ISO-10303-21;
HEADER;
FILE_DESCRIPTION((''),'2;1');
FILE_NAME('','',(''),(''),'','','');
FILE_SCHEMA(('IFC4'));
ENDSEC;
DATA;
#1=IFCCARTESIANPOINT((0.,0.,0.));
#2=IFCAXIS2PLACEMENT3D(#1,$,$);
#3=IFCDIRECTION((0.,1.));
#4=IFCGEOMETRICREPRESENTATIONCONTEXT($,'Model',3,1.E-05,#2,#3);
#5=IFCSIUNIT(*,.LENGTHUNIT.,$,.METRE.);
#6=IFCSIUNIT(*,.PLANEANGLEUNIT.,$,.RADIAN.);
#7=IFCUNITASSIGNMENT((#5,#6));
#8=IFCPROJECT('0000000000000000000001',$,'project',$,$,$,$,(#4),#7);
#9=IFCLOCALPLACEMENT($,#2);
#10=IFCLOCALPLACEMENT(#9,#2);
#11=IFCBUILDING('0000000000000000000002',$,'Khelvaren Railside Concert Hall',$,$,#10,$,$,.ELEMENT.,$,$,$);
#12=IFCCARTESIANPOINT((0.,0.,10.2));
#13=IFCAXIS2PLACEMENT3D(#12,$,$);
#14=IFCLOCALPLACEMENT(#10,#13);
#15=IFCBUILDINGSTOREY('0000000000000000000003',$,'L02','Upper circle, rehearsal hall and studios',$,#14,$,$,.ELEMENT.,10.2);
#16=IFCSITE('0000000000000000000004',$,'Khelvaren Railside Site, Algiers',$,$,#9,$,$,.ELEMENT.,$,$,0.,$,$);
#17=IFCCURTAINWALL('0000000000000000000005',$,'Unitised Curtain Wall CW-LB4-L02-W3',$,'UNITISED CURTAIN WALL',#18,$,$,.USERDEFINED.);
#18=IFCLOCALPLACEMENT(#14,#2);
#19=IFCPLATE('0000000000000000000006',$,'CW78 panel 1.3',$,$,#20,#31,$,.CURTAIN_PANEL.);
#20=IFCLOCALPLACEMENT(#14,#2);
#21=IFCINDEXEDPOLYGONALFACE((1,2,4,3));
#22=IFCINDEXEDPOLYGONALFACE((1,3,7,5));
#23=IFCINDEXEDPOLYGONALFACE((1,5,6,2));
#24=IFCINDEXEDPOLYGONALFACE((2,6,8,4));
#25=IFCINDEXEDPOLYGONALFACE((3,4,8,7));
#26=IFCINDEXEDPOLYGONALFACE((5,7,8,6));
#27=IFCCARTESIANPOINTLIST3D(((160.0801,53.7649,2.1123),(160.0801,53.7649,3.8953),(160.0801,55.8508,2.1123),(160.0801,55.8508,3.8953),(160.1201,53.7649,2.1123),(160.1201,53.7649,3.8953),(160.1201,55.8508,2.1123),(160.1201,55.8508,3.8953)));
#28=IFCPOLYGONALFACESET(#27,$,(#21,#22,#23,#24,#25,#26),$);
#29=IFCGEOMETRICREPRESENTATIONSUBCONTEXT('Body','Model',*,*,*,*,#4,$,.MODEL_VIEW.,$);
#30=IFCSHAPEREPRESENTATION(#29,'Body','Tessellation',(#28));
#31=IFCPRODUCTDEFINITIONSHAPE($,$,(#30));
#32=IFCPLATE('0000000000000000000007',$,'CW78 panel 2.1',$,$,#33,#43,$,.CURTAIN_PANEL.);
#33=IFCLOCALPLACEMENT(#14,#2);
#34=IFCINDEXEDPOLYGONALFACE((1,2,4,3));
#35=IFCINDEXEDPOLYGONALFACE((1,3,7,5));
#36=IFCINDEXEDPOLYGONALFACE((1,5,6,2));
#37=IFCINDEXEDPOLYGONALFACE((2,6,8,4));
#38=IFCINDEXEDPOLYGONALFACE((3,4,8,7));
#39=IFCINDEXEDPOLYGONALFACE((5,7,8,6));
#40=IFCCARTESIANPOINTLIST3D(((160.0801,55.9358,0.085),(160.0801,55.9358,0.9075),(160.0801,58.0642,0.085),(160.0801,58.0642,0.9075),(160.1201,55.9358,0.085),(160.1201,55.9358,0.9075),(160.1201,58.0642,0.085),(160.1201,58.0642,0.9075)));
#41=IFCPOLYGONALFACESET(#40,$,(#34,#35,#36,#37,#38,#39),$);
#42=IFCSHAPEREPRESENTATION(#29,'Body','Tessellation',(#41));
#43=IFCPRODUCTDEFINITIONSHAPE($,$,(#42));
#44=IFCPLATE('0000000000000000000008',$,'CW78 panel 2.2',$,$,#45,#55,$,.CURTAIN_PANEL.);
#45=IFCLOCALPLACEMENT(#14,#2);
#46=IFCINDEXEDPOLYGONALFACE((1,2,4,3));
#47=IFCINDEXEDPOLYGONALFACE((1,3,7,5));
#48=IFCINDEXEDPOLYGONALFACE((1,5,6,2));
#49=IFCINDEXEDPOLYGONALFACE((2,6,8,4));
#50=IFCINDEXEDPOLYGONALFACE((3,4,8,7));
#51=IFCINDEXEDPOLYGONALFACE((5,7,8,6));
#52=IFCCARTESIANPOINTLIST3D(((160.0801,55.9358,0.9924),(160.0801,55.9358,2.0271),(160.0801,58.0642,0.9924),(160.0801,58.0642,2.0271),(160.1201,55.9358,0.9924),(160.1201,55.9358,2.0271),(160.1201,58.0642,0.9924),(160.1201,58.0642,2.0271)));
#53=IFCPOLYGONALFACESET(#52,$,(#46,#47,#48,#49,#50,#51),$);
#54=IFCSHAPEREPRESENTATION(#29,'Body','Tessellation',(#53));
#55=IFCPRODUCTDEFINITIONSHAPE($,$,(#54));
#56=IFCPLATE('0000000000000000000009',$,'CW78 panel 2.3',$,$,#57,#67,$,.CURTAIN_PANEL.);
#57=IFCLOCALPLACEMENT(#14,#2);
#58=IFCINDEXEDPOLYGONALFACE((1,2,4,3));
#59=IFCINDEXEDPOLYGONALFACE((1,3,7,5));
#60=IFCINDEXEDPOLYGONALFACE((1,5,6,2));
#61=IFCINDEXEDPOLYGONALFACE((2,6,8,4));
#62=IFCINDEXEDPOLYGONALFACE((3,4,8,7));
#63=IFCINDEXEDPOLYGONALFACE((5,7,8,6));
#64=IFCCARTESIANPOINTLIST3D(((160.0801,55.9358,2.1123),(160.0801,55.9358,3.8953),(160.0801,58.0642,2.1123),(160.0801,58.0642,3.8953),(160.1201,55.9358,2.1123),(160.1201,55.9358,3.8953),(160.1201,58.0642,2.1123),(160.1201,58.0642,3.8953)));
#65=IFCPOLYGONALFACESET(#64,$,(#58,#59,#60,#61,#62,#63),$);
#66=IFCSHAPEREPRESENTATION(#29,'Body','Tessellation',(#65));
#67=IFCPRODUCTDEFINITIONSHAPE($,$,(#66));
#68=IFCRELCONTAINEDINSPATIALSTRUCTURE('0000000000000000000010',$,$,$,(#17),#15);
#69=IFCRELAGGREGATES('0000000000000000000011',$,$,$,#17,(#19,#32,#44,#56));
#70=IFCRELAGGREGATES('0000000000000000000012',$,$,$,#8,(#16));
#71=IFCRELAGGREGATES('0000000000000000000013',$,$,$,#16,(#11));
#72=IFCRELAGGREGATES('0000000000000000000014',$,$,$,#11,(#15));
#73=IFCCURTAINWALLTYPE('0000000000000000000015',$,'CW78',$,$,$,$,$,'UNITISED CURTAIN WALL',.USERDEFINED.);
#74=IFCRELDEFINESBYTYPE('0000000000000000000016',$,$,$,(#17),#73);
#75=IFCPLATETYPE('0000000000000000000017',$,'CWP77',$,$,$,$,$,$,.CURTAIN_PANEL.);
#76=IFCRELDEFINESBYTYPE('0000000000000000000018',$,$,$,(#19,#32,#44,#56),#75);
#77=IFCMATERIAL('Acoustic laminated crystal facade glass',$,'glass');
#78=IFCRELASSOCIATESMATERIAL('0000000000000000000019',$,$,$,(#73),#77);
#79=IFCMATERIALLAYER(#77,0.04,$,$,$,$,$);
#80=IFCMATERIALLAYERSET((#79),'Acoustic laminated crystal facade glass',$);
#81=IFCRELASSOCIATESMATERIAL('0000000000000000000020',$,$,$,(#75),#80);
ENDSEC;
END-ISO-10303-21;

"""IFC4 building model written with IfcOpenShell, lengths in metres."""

from ifc_helpers import new_model, si_unit, direction, frame, origin, origin_2d, place, context, subcontext, project, spatial, rectangle, extrude, material, layer, layer_set, type_object, element, aggregate, save


model = new_model("IFC4")

# Units and contexts
model_context = context("Model", 3, precision=1e-05, world=origin(), true_north=direction((0.0, 1.0)))
body_context = subcontext(model_context, "Body", "Model", "MODEL_VIEW")
ifc_project = project(units=[si_unit("LENGTHUNIT", "METRE"), si_unit("PLANEANGLEUNIT", "RADIAN")], contexts=[model_context])

# Site, building, storey
site_placement = place(None, origin())
site = spatial("IfcSite", under=ifc_project, at=site_placement, Name="Khelvaren Railside Site, Algiers", CompositionType="ELEMENT", RefElevation=0.0)
building_placement = place(site_placement, origin())
building = spatial("IfcBuilding", under=site, at=building_placement, Name="Khelvaren Railside Concert Hall", CompositionType="ELEMENT")
storey_placement = place(building_placement, frame((0.0, 0.0, 10.2)))
storey = spatial("IfcBuildingStorey", under=building, at=storey_placement, Name="L02", Description="Upper circle, rehearsal hall and studios", CompositionType="ELEMENT", Elevation=10.2)

# Shared definitions
ifc_material_1 = material(Name="Acoustic laminated crystal facade glass", Category="glass")
curtain_wall_type = type_object("IfcCurtainWallType", Name="CW78", ElementType="UNITISED CURTAIN WALL", PredefinedType="USERDEFINED", material=ifc_material_1)

# Curtain wall
curtain_wall_1_placement = place(storey_placement, origin())
curtain_wall_1 = element("IfcCurtainWall", 1, at=curtain_wall_1_placement, inside=storey, type_object=curtain_wall_type, Name="Unitised Curtain Wall CW-LB4-L02-W3", ObjectType="UNITISED CURTAIN WALL", PredefinedType="USERDEFINED")

# Plates
ifc_layer = layer(ifc_material_1, 0.04)
ifc_layer_set = layer_set([ifc_layer], Name="Acoustic laminated crystal facade glass")
plate_type = type_object("IfcPlateType", Name="CWP77", PredefinedType="CURTAIN_PANEL", material=ifc_layer_set)
plate_1_placement = place(storey_placement, frame((160.1001, 54.8079, 2.1123), z_axis=(0.0, 0.0, 1.0), x_axis=(0.0, 1.0, 0.0)))
plate_1 = element("IfcPlate", 2, at=plate_1_placement, type_object=plate_type, Name="CW78 panel 1.3", PredefinedType="CURTAIN_PANEL", context=body_context, shape_type="SweptSolid", body=[
    extrude(rectangle(XDim=2.0859, YDim=0.04, at=origin_2d()), origin(), (0.0, 0.0, 1.0), 1.783),
])
plate_2_placement = place(storey_placement, frame((160.1001, 57.0, 0.085), z_axis=(0.0, 0.0, 1.0), x_axis=(0.0, 1.0, 0.0)))
plate_2 = element("IfcPlate", 3, at=plate_2_placement, type_object=plate_type, Name="CW78 panel 2.1", PredefinedType="CURTAIN_PANEL", context=body_context, shape_type="SweptSolid", body=[
    extrude(rectangle(XDim=2.1284, YDim=0.04, at=origin_2d()), origin(), (0.0, 0.0, 1.0), 0.8225),
])
plate_3_placement = place(storey_placement, frame((160.1001, 57.0, 0.9924), z_axis=(0.0, 0.0, 1.0), x_axis=(0.0, 1.0, 0.0)))
plate_3 = element("IfcPlate", 4, at=plate_3_placement, type_object=plate_type, Name="CW78 panel 2.2", PredefinedType="CURTAIN_PANEL", context=body_context, shape_type="SweptSolid", body=[
    extrude(rectangle(XDim=2.1284, YDim=0.04, at=origin_2d()), origin(), (0.0, 0.0, 1.0), 1.0347),
])
plate_4_placement = place(storey_placement, frame((160.1001, 57.0, 2.1123), z_axis=(0.0, 0.0, 1.0), x_axis=(0.0, 1.0, 0.0)))
plate_4 = element("IfcPlate", 5, at=plate_4_placement, type_object=plate_type, Name="CW78 panel 2.3", PredefinedType="CURTAIN_PANEL", context=body_context, shape_type="SweptSolid", body=[
    extrude(rectangle(XDim=2.1284, YDim=0.04, at=origin_2d()), origin(), (0.0, 0.0, 1.0), 1.783),
])
aggregate(curtain_wall_1, [plate_1, plate_2, plate_3, plate_4])

save(model, "model.ifc")
